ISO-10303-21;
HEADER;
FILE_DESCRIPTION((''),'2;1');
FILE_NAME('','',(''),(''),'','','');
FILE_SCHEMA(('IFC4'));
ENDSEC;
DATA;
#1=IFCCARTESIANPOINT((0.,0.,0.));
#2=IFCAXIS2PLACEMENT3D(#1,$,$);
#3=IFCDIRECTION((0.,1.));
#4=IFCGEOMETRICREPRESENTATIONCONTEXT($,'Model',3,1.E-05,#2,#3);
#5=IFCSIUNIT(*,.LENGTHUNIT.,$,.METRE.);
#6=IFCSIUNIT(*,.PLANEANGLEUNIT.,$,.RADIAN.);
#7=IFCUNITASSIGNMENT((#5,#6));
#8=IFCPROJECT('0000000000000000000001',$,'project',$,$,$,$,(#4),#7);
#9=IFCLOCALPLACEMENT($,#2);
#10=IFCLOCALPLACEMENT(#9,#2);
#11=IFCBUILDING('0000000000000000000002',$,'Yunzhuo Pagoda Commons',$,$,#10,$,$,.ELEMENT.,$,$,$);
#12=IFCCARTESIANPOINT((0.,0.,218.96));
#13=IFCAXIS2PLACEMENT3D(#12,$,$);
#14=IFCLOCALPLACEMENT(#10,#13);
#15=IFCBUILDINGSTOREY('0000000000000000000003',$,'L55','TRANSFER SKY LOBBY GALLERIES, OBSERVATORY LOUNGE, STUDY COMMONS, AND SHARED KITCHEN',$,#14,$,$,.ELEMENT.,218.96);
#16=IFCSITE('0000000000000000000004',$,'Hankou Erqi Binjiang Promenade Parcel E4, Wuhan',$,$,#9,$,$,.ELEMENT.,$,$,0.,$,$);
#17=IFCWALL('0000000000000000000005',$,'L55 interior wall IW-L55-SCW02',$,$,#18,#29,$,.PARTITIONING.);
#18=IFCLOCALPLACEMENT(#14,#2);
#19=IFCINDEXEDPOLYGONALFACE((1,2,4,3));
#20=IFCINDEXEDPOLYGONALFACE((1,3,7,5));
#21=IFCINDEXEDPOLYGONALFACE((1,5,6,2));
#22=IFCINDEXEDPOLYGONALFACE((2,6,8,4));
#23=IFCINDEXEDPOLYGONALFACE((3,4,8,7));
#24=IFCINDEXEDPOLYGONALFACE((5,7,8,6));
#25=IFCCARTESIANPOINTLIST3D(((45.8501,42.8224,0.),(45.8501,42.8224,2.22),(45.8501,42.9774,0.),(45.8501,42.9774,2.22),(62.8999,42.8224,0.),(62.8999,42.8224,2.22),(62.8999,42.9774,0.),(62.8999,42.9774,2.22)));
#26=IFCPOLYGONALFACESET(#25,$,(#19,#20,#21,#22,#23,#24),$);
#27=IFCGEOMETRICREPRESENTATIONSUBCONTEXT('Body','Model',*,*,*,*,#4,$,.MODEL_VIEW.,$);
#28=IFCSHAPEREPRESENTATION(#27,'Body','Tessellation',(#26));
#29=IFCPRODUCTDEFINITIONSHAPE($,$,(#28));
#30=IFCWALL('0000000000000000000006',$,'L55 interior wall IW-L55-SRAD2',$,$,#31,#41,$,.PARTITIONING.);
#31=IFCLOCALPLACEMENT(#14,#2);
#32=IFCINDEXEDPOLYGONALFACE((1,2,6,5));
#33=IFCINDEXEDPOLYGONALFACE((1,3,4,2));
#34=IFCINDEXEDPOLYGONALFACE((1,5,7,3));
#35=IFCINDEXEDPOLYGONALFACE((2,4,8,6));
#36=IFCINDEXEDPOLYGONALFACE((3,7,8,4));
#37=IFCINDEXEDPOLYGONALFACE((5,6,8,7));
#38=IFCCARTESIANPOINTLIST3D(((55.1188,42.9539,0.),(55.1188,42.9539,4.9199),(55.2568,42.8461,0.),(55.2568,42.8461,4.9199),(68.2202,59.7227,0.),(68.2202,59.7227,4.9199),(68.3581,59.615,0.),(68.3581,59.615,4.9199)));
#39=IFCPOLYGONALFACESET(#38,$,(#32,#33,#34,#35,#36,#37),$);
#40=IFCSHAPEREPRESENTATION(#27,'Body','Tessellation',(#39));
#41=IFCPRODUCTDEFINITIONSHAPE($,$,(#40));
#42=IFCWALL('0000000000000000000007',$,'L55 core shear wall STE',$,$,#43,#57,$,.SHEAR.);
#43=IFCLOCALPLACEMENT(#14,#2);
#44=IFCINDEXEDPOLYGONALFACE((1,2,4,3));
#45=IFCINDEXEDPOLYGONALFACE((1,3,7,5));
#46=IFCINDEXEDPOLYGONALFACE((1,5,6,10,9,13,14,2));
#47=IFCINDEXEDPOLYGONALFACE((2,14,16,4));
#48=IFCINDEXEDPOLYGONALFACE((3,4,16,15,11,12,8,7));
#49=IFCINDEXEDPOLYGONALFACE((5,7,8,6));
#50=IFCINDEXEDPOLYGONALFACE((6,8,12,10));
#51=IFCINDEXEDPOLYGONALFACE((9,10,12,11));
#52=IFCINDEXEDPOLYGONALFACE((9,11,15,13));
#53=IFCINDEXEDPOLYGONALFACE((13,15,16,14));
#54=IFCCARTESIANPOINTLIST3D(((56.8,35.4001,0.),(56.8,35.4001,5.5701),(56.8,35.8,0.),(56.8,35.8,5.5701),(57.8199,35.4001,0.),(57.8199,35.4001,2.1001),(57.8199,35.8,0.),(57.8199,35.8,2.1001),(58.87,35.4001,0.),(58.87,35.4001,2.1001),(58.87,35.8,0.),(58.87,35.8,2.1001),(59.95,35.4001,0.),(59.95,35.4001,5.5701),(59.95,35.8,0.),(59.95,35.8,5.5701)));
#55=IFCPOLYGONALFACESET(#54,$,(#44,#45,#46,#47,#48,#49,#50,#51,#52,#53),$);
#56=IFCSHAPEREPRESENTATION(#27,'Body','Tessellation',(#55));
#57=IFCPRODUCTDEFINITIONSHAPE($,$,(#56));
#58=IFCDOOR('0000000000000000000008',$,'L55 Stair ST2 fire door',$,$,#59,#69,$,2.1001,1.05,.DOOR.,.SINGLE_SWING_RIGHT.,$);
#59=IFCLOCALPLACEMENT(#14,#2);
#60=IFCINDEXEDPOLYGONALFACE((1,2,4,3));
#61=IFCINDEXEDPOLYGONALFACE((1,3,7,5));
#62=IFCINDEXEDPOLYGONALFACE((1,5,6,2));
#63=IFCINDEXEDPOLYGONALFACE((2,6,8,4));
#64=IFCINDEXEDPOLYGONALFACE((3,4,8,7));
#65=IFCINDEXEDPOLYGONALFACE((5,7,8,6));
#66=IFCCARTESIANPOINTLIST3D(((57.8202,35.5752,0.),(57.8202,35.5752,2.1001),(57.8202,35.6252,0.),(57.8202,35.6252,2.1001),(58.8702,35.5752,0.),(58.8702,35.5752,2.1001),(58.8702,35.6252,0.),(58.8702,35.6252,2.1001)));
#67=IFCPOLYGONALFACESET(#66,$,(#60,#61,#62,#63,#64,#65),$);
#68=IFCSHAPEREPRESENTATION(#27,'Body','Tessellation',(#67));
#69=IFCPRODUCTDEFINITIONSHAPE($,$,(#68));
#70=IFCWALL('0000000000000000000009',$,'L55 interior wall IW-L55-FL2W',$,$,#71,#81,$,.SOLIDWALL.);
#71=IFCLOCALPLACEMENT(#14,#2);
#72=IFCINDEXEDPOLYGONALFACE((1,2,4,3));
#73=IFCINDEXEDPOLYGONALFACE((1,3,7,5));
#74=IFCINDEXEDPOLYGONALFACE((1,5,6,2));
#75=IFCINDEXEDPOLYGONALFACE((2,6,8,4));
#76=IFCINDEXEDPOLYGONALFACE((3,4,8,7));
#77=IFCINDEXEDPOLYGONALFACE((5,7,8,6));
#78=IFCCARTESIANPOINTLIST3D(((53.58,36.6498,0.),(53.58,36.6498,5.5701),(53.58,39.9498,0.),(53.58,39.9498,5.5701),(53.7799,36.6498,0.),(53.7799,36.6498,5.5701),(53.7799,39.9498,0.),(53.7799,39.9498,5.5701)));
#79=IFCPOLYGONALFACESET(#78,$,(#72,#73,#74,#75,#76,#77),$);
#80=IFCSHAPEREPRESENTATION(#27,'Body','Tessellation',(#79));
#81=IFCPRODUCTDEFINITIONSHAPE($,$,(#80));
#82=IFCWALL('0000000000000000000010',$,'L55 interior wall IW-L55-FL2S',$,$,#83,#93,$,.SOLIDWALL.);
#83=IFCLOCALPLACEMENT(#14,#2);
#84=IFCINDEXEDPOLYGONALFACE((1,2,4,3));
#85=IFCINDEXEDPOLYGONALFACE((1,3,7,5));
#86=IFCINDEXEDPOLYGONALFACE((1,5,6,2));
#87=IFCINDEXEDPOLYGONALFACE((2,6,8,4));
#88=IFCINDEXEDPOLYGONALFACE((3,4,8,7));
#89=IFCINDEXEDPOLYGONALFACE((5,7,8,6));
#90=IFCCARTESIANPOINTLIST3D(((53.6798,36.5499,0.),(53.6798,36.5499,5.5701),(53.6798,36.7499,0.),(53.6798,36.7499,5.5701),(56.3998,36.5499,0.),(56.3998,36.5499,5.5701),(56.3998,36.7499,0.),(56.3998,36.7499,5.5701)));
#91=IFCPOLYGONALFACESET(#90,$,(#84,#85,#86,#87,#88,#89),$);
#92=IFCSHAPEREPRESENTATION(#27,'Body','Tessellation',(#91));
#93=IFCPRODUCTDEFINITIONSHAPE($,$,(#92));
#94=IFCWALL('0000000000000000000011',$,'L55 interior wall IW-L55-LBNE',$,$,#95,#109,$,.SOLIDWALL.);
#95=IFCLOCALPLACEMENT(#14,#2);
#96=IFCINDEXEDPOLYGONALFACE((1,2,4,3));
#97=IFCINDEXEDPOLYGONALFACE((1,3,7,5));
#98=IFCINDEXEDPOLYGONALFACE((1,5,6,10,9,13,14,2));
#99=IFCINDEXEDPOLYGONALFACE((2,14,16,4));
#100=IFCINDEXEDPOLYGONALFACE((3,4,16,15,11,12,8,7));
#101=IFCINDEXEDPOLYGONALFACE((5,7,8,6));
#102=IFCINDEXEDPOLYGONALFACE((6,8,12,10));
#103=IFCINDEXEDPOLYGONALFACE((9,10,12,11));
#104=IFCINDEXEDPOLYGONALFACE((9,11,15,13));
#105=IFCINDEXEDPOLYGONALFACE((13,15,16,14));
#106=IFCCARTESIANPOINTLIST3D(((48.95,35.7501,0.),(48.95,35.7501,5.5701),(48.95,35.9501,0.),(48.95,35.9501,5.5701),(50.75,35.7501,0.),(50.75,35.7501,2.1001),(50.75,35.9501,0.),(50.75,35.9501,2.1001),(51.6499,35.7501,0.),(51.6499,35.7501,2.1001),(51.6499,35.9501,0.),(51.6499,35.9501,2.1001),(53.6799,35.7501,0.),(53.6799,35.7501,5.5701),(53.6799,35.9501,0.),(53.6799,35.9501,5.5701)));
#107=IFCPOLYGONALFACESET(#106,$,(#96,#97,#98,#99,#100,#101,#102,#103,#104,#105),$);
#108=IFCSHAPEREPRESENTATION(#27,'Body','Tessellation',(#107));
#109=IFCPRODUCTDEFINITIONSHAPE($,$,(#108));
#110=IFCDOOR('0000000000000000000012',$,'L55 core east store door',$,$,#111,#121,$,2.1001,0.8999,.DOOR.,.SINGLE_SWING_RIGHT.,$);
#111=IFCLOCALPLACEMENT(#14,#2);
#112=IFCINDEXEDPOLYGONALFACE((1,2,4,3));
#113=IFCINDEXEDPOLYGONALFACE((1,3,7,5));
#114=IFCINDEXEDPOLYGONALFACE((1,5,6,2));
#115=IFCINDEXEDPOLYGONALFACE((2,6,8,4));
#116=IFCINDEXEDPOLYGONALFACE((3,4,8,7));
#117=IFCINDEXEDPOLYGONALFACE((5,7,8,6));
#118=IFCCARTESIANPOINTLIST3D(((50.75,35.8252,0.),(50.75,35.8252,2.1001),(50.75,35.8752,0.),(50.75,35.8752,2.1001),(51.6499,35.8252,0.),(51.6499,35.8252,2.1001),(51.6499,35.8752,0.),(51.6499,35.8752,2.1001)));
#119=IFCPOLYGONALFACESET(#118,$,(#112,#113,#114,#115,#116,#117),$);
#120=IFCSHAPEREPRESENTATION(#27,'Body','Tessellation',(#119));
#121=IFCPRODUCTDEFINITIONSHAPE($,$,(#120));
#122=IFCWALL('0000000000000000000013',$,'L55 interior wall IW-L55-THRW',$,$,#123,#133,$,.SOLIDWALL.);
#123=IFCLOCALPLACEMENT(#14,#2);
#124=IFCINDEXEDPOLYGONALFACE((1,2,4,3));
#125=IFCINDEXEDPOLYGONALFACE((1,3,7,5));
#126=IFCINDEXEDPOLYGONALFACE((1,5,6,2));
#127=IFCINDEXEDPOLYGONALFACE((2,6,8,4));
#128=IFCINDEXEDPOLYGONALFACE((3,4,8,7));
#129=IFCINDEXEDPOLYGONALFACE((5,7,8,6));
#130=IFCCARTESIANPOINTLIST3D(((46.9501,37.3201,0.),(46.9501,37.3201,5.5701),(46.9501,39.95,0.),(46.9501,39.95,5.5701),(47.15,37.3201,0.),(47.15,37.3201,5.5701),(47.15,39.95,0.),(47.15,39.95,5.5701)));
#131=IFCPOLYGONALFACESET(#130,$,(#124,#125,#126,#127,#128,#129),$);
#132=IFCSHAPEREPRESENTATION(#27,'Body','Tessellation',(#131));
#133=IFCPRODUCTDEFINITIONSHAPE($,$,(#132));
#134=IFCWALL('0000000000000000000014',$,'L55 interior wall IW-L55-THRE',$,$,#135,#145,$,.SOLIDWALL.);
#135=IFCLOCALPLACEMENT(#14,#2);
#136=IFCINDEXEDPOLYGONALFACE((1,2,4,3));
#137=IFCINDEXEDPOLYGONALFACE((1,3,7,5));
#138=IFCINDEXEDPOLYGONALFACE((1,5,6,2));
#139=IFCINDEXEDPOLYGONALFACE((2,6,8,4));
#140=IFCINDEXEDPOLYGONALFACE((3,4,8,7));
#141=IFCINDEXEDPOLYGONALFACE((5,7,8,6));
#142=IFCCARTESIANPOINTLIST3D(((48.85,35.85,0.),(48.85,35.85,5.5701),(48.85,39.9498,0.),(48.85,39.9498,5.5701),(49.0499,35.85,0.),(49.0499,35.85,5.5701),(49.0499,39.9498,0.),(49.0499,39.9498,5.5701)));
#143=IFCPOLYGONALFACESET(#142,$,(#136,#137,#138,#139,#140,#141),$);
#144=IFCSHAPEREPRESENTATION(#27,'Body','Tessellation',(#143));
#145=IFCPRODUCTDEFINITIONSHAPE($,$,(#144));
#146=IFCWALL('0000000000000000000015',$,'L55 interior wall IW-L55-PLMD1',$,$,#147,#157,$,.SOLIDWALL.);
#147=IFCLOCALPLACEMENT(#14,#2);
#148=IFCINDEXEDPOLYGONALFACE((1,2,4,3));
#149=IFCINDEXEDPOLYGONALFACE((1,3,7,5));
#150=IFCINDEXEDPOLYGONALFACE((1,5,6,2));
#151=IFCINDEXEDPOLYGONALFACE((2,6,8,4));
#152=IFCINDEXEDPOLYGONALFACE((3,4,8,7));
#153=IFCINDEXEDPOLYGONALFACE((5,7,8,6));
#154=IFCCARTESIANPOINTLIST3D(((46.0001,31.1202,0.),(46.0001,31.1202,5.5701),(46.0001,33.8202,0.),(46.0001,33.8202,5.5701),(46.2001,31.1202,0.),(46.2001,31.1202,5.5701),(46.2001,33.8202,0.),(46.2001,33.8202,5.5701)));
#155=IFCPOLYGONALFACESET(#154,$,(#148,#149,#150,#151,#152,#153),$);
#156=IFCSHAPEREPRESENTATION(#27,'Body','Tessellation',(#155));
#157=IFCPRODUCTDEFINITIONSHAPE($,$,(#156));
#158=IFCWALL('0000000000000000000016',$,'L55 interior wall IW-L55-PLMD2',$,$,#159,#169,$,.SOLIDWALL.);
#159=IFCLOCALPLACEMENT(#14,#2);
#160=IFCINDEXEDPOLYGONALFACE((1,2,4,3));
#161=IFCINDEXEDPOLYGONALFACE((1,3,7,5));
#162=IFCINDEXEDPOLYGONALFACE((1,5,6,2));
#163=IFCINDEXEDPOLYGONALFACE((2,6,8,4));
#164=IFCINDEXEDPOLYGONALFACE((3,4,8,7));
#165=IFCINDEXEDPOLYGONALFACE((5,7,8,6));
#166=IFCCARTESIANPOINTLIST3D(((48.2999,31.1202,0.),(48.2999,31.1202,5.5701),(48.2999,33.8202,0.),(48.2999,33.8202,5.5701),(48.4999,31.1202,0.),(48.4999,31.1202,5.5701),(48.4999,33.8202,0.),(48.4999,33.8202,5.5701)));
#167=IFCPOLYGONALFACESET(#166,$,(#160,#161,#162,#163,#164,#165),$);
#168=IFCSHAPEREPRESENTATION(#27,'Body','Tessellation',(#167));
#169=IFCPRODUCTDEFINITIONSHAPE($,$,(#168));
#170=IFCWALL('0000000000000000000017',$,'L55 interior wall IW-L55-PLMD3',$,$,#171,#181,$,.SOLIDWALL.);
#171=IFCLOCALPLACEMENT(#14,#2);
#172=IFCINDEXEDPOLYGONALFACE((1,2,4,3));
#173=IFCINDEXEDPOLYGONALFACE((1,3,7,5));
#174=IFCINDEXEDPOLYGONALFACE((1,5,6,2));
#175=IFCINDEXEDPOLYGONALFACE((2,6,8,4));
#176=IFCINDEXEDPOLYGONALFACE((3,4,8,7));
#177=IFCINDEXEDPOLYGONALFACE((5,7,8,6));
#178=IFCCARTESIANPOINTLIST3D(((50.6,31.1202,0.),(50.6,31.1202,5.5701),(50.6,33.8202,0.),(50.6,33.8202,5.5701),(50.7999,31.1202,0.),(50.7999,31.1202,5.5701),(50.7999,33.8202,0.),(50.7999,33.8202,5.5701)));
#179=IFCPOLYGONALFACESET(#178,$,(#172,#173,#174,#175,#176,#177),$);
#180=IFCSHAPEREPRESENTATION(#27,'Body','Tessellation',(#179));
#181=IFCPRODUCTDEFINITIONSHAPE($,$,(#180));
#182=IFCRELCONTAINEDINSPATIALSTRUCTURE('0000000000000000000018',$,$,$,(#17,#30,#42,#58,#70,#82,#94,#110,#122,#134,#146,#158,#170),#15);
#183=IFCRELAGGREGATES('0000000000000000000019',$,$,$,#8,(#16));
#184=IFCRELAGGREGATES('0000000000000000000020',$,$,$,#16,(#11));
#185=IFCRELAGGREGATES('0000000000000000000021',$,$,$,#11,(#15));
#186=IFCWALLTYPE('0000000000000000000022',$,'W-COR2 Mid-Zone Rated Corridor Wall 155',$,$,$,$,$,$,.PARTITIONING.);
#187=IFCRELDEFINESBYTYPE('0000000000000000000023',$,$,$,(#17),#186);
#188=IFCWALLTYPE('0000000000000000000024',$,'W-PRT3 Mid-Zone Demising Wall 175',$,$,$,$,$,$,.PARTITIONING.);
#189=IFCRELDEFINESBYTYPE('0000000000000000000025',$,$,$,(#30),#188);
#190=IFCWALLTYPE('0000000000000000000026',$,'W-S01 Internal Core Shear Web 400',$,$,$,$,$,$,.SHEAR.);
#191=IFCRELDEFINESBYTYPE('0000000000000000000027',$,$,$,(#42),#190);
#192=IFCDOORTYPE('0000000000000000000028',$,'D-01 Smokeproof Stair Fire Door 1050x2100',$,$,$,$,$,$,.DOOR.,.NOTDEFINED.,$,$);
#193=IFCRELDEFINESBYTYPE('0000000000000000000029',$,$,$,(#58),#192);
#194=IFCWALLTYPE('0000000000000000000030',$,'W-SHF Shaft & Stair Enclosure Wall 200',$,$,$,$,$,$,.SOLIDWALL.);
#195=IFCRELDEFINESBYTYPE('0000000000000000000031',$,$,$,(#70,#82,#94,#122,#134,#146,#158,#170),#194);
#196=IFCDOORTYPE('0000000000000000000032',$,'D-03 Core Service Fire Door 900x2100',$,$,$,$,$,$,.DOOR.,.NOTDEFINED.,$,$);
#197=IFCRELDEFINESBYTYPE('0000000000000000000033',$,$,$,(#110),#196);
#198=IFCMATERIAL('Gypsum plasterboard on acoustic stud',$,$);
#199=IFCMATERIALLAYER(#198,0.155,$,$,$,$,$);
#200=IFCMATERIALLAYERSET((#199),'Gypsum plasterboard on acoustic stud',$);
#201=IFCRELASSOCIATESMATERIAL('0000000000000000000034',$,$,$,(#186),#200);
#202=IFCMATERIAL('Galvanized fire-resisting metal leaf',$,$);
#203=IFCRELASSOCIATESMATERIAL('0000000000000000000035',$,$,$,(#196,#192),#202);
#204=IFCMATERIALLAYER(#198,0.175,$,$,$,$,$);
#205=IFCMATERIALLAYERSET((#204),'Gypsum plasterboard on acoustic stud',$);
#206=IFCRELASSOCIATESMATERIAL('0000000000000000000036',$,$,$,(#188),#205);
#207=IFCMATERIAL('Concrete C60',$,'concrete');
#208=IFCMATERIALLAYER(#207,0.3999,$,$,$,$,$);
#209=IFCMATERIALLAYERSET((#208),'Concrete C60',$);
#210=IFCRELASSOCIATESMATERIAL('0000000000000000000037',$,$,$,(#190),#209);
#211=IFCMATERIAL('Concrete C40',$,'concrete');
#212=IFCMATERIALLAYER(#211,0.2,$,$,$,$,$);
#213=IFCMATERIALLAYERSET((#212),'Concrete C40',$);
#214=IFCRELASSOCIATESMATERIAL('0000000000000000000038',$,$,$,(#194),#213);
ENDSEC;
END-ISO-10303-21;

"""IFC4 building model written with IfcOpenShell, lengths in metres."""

from ifc_helpers import new_model, si_unit, direction, frame, frame_2d, origin, place, context, subcontext, project, spatial, rectangle, extrude, source, transform, mapped, material, layer, layer_set, type_object, element, fill, save


model = new_model("IFC4")

# Units and contexts
model_context = context("Model", 3, precision=1e-05, world=origin(), true_north=direction((0.0, 1.0)))
body_context = subcontext(model_context, "Body", "Model", "MODEL_VIEW")
ifc_project = project(units=[si_unit("LENGTHUNIT", "METRE"), si_unit("PLANEANGLEUNIT", "RADIAN")], contexts=[model_context])

# Site, building, storey
site_placement = place(None, origin())
site = spatial("IfcSite", under=ifc_project, at=site_placement, Name="Hankou Erqi Binjiang Promenade Parcel E4, Wuhan", CompositionType="ELEMENT", RefElevation=0.0)
building_placement = place(site_placement, origin())
building = spatial("IfcBuilding", under=site, at=building_placement, Name="Yunzhuo Pagoda Commons", CompositionType="ELEMENT")
storey_placement = place(building_placement, frame((0.0, 0.0, 218.96)))
storey = spatial("IfcBuildingStorey", under=building, at=storey_placement, Name="L55", Description="TRANSFER SKY LOBBY GALLERIES, OBSERVATORY LOUNGE, STUDY COMMONS, AND SHARED KITCHEN", CompositionType="ELEMENT", Elevation=218.96)

# Shared definitions
ifc_material_1 = material(Name="Galvanized fire-resisting metal leaf")
shared_shape_1 = source(origin(), body_context, "Body", "SweptSolid", [
    extrude(rectangle(XDim=1.05, YDim=2.1001, at=frame_2d((0.5249, 1.05))), frame((0.0, 0.0249, 0.0), z_axis=(0.0, -1.0, 0.0), x_axis=(1.0, 0.0, 0.0)), (0.0, 0.0, 1.0), 0.05),
])
ifc_material_2 = material(Name="Gypsum plasterboard on acoustic stud")
ifc_layer_1 = layer(ifc_material_2, 0.155)
ifc_layer_set_1 = layer_set([ifc_layer_1], Name="Gypsum plasterboard on acoustic stud")
wall_type_1 = type_object("IfcWallType", Name="W-COR2 Mid-Zone Rated Corridor Wall 155", PredefinedType="PARTITIONING", material=ifc_layer_set_1)
door_type_1 = type_object("IfcDoorType", Name="D-03 Core Service Fire Door 900x2100", OperationType="NOTDEFINED", PredefinedType="DOOR", material=ifc_material_1)
shared_shape_2 = source(origin(), body_context, "Body", "SweptSolid", [
    extrude(rectangle(XDim=0.8999, YDim=2.1001, at=frame_2d((0.45, 1.05))), frame((0.0, 0.0249, 0.0), z_axis=(0.0, -1.0, 0.0), x_axis=(1.0, 0.0, 0.0)), (0.0, 0.0, 1.0), 0.05),
])

# Walls
wall_1_placement = place(storey_placement, frame((45.8501, 42.8999, 0.0), z_axis=(0.0, 0.0, 1.0), x_axis=(1.0, 0.0, 0.0)))
element("IfcWall", 1, at=wall_1_placement, inside=storey, type_object=wall_type_1, Name="L55 interior wall IW-L55-SCW02", PredefinedType="PARTITIONING", context=body_context, shape_type="SweptSolid", body=[
    extrude(rectangle(XDim=17.0498, YDim=0.155, at=frame_2d((8.5249, 0.0))), origin(), (0.0, 0.0, 1.0), 2.22),
])
ifc_layer_2 = layer(ifc_material_2, 0.175)
ifc_layer_set_2 = layer_set([ifc_layer_2], Name="Gypsum plasterboard on acoustic stud")
wall_type_2 = type_object("IfcWallType", Name="W-PRT3 Mid-Zone Demising Wall 175", PredefinedType="PARTITIONING", material=ifc_layer_set_2)
wall_2_placement = place(storey_placement, frame((55.1877, 42.8999, 0.0), z_axis=(0.0, 0.0, 1.0), x_axis=(0.615664, 0.788009, 0.0)))
element("IfcWall", 2, at=wall_2_placement, inside=storey, type_object=wall_type_2, Name="L55 interior wall IW-L55-SRAD2", PredefinedType="PARTITIONING", context=body_context, shape_type="SweptSolid", body=[
    extrude(rectangle(XDim=21.28, YDim=0.175, at=frame_2d((10.6401, 0.0))), origin(), (0.0, 0.0, 1.0), 4.9199),
])

# Wall, opening, door
ifc_material_3 = material(Name="Concrete C60", Category="concrete")
ifc_layer_3 = layer(ifc_material_3, 0.3999)
ifc_layer_set_3 = layer_set([ifc_layer_3], Name="Concrete C60")
wall_type_3 = type_object("IfcWallType", Name="W-S01 Internal Core Shear Web 400", PredefinedType="SHEAR", material=ifc_layer_set_3)
wall_3_placement = place(storey_placement, frame((56.8, 35.6001, 0.0), z_axis=(0.0, 0.0, 1.0), x_axis=(1.0, 0.0, 0.0)))
wall_3 = element("IfcWall", 3, at=wall_3_placement, inside=storey, type_object=wall_type_3, Name="L55 core shear wall STE", PredefinedType="SHEAR", context=body_context, shape_type="SweptSolid", body=[
    extrude(rectangle(XDim=3.1499, YDim=0.3999, at=frame_2d((1.575, 0.0))), origin(), (0.0, 0.0, 1.0), 5.5701),
])
opening_1_placement = place(wall_3_placement, frame((1.02, 0.0, 0.0)))
opening_1 = element("IfcOpeningElement", 4, at=opening_1_placement, cuts=wall_3, PredefinedType="OPENING", context=body_context, shape_type="SweptSolid", body=[
    extrude(rectangle(XDim=1.05, YDim=2.1001, at=frame_2d((0.5249, 1.05))), frame((0.0, 0.21, 0.0), z_axis=(0.0, -1.0, 0.0), x_axis=(1.0, 0.0, 0.0)), (0.0, 0.0, 1.0), 0.4199),
])
door_type_2 = type_object("IfcDoorType", Name="D-01 Smokeproof Stair Fire Door 1050x2100", OperationType="NOTDEFINED", PredefinedType="DOOR", material=ifc_material_1)
door_1_placement = place(opening_1_placement, frame((1.05, 0.0, 0.0), z_axis=(0.0, 0.0, 1.0), x_axis=(-1.0, 0.0, 0.0)))
door_1 = element("IfcDoor", 5, at=door_1_placement, inside=storey, type_object=door_type_2, Name="L55 Stair ST2 fire door", OperationType="SINGLE_SWING_RIGHT", OverallHeight=2.1001, OverallWidth=1.05, PredefinedType="DOOR", context=body_context, shape_type="MappedRepresentation", body=[
    mapped(shared_shape_1, transform((0.0, 0.0, 0.0), scale=1.0)),
])
fill(opening_1, door_1)

# Walls
ifc_material_4 = material(Name="Concrete C40", Category="concrete")
ifc_layer_4 = layer(ifc_material_4, 0.2)
ifc_layer_set_4 = layer_set([ifc_layer_4], Name="Concrete C40")
wall_type_4 = type_object("IfcWallType", Name="W-SHF Shaft & Stair Enclosure Wall 200", PredefinedType="SOLIDWALL", material=ifc_layer_set_4)
wall_4_placement = place(storey_placement, frame((53.6799, 36.6499, 0.0), z_axis=(0.0, 0.0, 1.0), x_axis=(0.0, 1.0, 0.0)))
element("IfcWall", 6, at=wall_4_placement, inside=storey, type_object=wall_type_4, Name="L55 interior wall IW-L55-FL2W", PredefinedType="SOLIDWALL", context=body_context, shape_type="SweptSolid", body=[
    extrude(rectangle(XDim=3.3, YDim=0.2, at=frame_2d((1.6499, 0.0))), origin(), (0.0, 0.0, 1.0), 5.5701),
])
wall_5_placement = place(storey_placement, frame((53.6799, 36.6499, 0.0), z_axis=(0.0, 0.0, 1.0), x_axis=(1.0, 0.0, 0.0)))
element("IfcWall", 7, at=wall_5_placement, inside=storey, type_object=wall_type_4, Name="L55 interior wall IW-L55-FL2S", PredefinedType="SOLIDWALL", context=body_context, shape_type="SweptSolid", body=[
    extrude(rectangle(XDim=2.72, YDim=0.2, at=frame_2d((1.3599, 0.0))), origin(), (0.0, 0.0, 1.0), 5.5701),
])

# Wall, opening, door
wall_6_placement = place(storey_placement, frame((48.95, 35.8501, 0.0), z_axis=(0.0, 0.0, 1.0), x_axis=(1.0, 0.0, 0.0)))
wall_6 = element("IfcWall", 8, at=wall_6_placement, inside=storey, type_object=wall_type_4, Name="L55 interior wall IW-L55-LBNE", PredefinedType="SOLIDWALL", context=body_context, shape_type="SweptSolid", body=[
    extrude(rectangle(XDim=4.73, YDim=0.2, at=frame_2d((2.365, 0.0))), origin(), (0.0, 0.0, 1.0), 5.5701),
])
opening_2_placement = place(wall_6_placement, frame((1.8, 0.0, 0.0)))
opening_2 = element("IfcOpeningElement", 9, at=opening_2_placement, cuts=wall_6, PredefinedType="OPENING", context=body_context, shape_type="SweptSolid", body=[
    extrude(rectangle(XDim=0.8999, YDim=2.1001, at=frame_2d((0.45, 1.05))), frame((0.0, 0.1099, 0.0), z_axis=(0.0, -1.0, 0.0), x_axis=(1.0, 0.0, 0.0)), (0.0, 0.0, 1.0), 0.22),
])
door_2_placement = place(opening_2_placement, frame((0.8999, 0.0, 0.0), z_axis=(0.0, 0.0, 1.0), x_axis=(-1.0, 0.0, 0.0)))
door_2 = element("IfcDoor", 10, at=door_2_placement, inside=storey, type_object=door_type_1, Name="L55 core east store door", OperationType="SINGLE_SWING_RIGHT", OverallHeight=2.1001, OverallWidth=0.8999, PredefinedType="DOOR", context=body_context, shape_type="MappedRepresentation", body=[
    mapped(shared_shape_2, transform((0.0, 0.0, 0.0), scale=1.0)),
])
fill(opening_2, door_2)

# Walls
wall_7_placement = place(storey_placement, frame((47.05, 37.3201, 0.0), z_axis=(0.0, 0.0, 1.0), x_axis=(0.0, 1.0, 0.0)))
element("IfcWall", 11, at=wall_7_placement, inside=storey, type_object=wall_type_4, Name="L55 interior wall IW-L55-THRW", PredefinedType="SOLIDWALL", context=body_context, shape_type="SweptSolid", body=[
    extrude(rectangle(XDim=2.6299, YDim=0.2, at=frame_2d((1.3149, 0.0))), origin(), (0.0, 0.0, 1.0), 5.5701),
])
wall_8_placement = place(storey_placement, frame((48.95, 35.8501, 0.0), z_axis=(0.0, 0.0, 1.0), x_axis=(0.0, 1.0, 0.0)))
element("IfcWall", 12, at=wall_8_placement, inside=storey, type_object=wall_type_4, Name="L55 interior wall IW-L55-THRE", PredefinedType="SOLIDWALL", context=body_context, shape_type="SweptSolid", body=[
    extrude(rectangle(XDim=4.0999, YDim=0.2, at=frame_2d((2.0498, 0.0))), origin(), (0.0, 0.0, 1.0), 5.5701),
])
for number, where, z_axis, x_axis, name in (
    (13, (46.1001, 31.1201, 0.0), (0.0, 0.0, 1.0), (0.0, 1.0, 0.0), "L55 interior wall IW-L55-PLMD1"),
    (14, (48.3999, 31.1201, 0.0), (0.0, 0.0, 1.0), (0.0, 1.0, 0.0), "L55 interior wall IW-L55-PLMD2"),
    (15, (50.7, 31.1201, 0.0), (0.0, 0.0, 1.0), (0.0, 1.0, 0.0), "L55 interior wall IW-L55-PLMD3"),
):
    element("IfcWall", number, at=place(storey_placement, frame(where, z_axis=z_axis, x_axis=x_axis)), inside=storey, type_object=wall_type_4, Name=name, PredefinedType="SOLIDWALL", context=body_context, shape_type="SweptSolid", body=[
        extrude(rectangle(XDim=2.7, YDim=0.2, at=frame_2d((1.3501, 0.0))), origin(), (0.0, 0.0, 1.0), 5.5701),
    ])

save(model, "model.ifc")
